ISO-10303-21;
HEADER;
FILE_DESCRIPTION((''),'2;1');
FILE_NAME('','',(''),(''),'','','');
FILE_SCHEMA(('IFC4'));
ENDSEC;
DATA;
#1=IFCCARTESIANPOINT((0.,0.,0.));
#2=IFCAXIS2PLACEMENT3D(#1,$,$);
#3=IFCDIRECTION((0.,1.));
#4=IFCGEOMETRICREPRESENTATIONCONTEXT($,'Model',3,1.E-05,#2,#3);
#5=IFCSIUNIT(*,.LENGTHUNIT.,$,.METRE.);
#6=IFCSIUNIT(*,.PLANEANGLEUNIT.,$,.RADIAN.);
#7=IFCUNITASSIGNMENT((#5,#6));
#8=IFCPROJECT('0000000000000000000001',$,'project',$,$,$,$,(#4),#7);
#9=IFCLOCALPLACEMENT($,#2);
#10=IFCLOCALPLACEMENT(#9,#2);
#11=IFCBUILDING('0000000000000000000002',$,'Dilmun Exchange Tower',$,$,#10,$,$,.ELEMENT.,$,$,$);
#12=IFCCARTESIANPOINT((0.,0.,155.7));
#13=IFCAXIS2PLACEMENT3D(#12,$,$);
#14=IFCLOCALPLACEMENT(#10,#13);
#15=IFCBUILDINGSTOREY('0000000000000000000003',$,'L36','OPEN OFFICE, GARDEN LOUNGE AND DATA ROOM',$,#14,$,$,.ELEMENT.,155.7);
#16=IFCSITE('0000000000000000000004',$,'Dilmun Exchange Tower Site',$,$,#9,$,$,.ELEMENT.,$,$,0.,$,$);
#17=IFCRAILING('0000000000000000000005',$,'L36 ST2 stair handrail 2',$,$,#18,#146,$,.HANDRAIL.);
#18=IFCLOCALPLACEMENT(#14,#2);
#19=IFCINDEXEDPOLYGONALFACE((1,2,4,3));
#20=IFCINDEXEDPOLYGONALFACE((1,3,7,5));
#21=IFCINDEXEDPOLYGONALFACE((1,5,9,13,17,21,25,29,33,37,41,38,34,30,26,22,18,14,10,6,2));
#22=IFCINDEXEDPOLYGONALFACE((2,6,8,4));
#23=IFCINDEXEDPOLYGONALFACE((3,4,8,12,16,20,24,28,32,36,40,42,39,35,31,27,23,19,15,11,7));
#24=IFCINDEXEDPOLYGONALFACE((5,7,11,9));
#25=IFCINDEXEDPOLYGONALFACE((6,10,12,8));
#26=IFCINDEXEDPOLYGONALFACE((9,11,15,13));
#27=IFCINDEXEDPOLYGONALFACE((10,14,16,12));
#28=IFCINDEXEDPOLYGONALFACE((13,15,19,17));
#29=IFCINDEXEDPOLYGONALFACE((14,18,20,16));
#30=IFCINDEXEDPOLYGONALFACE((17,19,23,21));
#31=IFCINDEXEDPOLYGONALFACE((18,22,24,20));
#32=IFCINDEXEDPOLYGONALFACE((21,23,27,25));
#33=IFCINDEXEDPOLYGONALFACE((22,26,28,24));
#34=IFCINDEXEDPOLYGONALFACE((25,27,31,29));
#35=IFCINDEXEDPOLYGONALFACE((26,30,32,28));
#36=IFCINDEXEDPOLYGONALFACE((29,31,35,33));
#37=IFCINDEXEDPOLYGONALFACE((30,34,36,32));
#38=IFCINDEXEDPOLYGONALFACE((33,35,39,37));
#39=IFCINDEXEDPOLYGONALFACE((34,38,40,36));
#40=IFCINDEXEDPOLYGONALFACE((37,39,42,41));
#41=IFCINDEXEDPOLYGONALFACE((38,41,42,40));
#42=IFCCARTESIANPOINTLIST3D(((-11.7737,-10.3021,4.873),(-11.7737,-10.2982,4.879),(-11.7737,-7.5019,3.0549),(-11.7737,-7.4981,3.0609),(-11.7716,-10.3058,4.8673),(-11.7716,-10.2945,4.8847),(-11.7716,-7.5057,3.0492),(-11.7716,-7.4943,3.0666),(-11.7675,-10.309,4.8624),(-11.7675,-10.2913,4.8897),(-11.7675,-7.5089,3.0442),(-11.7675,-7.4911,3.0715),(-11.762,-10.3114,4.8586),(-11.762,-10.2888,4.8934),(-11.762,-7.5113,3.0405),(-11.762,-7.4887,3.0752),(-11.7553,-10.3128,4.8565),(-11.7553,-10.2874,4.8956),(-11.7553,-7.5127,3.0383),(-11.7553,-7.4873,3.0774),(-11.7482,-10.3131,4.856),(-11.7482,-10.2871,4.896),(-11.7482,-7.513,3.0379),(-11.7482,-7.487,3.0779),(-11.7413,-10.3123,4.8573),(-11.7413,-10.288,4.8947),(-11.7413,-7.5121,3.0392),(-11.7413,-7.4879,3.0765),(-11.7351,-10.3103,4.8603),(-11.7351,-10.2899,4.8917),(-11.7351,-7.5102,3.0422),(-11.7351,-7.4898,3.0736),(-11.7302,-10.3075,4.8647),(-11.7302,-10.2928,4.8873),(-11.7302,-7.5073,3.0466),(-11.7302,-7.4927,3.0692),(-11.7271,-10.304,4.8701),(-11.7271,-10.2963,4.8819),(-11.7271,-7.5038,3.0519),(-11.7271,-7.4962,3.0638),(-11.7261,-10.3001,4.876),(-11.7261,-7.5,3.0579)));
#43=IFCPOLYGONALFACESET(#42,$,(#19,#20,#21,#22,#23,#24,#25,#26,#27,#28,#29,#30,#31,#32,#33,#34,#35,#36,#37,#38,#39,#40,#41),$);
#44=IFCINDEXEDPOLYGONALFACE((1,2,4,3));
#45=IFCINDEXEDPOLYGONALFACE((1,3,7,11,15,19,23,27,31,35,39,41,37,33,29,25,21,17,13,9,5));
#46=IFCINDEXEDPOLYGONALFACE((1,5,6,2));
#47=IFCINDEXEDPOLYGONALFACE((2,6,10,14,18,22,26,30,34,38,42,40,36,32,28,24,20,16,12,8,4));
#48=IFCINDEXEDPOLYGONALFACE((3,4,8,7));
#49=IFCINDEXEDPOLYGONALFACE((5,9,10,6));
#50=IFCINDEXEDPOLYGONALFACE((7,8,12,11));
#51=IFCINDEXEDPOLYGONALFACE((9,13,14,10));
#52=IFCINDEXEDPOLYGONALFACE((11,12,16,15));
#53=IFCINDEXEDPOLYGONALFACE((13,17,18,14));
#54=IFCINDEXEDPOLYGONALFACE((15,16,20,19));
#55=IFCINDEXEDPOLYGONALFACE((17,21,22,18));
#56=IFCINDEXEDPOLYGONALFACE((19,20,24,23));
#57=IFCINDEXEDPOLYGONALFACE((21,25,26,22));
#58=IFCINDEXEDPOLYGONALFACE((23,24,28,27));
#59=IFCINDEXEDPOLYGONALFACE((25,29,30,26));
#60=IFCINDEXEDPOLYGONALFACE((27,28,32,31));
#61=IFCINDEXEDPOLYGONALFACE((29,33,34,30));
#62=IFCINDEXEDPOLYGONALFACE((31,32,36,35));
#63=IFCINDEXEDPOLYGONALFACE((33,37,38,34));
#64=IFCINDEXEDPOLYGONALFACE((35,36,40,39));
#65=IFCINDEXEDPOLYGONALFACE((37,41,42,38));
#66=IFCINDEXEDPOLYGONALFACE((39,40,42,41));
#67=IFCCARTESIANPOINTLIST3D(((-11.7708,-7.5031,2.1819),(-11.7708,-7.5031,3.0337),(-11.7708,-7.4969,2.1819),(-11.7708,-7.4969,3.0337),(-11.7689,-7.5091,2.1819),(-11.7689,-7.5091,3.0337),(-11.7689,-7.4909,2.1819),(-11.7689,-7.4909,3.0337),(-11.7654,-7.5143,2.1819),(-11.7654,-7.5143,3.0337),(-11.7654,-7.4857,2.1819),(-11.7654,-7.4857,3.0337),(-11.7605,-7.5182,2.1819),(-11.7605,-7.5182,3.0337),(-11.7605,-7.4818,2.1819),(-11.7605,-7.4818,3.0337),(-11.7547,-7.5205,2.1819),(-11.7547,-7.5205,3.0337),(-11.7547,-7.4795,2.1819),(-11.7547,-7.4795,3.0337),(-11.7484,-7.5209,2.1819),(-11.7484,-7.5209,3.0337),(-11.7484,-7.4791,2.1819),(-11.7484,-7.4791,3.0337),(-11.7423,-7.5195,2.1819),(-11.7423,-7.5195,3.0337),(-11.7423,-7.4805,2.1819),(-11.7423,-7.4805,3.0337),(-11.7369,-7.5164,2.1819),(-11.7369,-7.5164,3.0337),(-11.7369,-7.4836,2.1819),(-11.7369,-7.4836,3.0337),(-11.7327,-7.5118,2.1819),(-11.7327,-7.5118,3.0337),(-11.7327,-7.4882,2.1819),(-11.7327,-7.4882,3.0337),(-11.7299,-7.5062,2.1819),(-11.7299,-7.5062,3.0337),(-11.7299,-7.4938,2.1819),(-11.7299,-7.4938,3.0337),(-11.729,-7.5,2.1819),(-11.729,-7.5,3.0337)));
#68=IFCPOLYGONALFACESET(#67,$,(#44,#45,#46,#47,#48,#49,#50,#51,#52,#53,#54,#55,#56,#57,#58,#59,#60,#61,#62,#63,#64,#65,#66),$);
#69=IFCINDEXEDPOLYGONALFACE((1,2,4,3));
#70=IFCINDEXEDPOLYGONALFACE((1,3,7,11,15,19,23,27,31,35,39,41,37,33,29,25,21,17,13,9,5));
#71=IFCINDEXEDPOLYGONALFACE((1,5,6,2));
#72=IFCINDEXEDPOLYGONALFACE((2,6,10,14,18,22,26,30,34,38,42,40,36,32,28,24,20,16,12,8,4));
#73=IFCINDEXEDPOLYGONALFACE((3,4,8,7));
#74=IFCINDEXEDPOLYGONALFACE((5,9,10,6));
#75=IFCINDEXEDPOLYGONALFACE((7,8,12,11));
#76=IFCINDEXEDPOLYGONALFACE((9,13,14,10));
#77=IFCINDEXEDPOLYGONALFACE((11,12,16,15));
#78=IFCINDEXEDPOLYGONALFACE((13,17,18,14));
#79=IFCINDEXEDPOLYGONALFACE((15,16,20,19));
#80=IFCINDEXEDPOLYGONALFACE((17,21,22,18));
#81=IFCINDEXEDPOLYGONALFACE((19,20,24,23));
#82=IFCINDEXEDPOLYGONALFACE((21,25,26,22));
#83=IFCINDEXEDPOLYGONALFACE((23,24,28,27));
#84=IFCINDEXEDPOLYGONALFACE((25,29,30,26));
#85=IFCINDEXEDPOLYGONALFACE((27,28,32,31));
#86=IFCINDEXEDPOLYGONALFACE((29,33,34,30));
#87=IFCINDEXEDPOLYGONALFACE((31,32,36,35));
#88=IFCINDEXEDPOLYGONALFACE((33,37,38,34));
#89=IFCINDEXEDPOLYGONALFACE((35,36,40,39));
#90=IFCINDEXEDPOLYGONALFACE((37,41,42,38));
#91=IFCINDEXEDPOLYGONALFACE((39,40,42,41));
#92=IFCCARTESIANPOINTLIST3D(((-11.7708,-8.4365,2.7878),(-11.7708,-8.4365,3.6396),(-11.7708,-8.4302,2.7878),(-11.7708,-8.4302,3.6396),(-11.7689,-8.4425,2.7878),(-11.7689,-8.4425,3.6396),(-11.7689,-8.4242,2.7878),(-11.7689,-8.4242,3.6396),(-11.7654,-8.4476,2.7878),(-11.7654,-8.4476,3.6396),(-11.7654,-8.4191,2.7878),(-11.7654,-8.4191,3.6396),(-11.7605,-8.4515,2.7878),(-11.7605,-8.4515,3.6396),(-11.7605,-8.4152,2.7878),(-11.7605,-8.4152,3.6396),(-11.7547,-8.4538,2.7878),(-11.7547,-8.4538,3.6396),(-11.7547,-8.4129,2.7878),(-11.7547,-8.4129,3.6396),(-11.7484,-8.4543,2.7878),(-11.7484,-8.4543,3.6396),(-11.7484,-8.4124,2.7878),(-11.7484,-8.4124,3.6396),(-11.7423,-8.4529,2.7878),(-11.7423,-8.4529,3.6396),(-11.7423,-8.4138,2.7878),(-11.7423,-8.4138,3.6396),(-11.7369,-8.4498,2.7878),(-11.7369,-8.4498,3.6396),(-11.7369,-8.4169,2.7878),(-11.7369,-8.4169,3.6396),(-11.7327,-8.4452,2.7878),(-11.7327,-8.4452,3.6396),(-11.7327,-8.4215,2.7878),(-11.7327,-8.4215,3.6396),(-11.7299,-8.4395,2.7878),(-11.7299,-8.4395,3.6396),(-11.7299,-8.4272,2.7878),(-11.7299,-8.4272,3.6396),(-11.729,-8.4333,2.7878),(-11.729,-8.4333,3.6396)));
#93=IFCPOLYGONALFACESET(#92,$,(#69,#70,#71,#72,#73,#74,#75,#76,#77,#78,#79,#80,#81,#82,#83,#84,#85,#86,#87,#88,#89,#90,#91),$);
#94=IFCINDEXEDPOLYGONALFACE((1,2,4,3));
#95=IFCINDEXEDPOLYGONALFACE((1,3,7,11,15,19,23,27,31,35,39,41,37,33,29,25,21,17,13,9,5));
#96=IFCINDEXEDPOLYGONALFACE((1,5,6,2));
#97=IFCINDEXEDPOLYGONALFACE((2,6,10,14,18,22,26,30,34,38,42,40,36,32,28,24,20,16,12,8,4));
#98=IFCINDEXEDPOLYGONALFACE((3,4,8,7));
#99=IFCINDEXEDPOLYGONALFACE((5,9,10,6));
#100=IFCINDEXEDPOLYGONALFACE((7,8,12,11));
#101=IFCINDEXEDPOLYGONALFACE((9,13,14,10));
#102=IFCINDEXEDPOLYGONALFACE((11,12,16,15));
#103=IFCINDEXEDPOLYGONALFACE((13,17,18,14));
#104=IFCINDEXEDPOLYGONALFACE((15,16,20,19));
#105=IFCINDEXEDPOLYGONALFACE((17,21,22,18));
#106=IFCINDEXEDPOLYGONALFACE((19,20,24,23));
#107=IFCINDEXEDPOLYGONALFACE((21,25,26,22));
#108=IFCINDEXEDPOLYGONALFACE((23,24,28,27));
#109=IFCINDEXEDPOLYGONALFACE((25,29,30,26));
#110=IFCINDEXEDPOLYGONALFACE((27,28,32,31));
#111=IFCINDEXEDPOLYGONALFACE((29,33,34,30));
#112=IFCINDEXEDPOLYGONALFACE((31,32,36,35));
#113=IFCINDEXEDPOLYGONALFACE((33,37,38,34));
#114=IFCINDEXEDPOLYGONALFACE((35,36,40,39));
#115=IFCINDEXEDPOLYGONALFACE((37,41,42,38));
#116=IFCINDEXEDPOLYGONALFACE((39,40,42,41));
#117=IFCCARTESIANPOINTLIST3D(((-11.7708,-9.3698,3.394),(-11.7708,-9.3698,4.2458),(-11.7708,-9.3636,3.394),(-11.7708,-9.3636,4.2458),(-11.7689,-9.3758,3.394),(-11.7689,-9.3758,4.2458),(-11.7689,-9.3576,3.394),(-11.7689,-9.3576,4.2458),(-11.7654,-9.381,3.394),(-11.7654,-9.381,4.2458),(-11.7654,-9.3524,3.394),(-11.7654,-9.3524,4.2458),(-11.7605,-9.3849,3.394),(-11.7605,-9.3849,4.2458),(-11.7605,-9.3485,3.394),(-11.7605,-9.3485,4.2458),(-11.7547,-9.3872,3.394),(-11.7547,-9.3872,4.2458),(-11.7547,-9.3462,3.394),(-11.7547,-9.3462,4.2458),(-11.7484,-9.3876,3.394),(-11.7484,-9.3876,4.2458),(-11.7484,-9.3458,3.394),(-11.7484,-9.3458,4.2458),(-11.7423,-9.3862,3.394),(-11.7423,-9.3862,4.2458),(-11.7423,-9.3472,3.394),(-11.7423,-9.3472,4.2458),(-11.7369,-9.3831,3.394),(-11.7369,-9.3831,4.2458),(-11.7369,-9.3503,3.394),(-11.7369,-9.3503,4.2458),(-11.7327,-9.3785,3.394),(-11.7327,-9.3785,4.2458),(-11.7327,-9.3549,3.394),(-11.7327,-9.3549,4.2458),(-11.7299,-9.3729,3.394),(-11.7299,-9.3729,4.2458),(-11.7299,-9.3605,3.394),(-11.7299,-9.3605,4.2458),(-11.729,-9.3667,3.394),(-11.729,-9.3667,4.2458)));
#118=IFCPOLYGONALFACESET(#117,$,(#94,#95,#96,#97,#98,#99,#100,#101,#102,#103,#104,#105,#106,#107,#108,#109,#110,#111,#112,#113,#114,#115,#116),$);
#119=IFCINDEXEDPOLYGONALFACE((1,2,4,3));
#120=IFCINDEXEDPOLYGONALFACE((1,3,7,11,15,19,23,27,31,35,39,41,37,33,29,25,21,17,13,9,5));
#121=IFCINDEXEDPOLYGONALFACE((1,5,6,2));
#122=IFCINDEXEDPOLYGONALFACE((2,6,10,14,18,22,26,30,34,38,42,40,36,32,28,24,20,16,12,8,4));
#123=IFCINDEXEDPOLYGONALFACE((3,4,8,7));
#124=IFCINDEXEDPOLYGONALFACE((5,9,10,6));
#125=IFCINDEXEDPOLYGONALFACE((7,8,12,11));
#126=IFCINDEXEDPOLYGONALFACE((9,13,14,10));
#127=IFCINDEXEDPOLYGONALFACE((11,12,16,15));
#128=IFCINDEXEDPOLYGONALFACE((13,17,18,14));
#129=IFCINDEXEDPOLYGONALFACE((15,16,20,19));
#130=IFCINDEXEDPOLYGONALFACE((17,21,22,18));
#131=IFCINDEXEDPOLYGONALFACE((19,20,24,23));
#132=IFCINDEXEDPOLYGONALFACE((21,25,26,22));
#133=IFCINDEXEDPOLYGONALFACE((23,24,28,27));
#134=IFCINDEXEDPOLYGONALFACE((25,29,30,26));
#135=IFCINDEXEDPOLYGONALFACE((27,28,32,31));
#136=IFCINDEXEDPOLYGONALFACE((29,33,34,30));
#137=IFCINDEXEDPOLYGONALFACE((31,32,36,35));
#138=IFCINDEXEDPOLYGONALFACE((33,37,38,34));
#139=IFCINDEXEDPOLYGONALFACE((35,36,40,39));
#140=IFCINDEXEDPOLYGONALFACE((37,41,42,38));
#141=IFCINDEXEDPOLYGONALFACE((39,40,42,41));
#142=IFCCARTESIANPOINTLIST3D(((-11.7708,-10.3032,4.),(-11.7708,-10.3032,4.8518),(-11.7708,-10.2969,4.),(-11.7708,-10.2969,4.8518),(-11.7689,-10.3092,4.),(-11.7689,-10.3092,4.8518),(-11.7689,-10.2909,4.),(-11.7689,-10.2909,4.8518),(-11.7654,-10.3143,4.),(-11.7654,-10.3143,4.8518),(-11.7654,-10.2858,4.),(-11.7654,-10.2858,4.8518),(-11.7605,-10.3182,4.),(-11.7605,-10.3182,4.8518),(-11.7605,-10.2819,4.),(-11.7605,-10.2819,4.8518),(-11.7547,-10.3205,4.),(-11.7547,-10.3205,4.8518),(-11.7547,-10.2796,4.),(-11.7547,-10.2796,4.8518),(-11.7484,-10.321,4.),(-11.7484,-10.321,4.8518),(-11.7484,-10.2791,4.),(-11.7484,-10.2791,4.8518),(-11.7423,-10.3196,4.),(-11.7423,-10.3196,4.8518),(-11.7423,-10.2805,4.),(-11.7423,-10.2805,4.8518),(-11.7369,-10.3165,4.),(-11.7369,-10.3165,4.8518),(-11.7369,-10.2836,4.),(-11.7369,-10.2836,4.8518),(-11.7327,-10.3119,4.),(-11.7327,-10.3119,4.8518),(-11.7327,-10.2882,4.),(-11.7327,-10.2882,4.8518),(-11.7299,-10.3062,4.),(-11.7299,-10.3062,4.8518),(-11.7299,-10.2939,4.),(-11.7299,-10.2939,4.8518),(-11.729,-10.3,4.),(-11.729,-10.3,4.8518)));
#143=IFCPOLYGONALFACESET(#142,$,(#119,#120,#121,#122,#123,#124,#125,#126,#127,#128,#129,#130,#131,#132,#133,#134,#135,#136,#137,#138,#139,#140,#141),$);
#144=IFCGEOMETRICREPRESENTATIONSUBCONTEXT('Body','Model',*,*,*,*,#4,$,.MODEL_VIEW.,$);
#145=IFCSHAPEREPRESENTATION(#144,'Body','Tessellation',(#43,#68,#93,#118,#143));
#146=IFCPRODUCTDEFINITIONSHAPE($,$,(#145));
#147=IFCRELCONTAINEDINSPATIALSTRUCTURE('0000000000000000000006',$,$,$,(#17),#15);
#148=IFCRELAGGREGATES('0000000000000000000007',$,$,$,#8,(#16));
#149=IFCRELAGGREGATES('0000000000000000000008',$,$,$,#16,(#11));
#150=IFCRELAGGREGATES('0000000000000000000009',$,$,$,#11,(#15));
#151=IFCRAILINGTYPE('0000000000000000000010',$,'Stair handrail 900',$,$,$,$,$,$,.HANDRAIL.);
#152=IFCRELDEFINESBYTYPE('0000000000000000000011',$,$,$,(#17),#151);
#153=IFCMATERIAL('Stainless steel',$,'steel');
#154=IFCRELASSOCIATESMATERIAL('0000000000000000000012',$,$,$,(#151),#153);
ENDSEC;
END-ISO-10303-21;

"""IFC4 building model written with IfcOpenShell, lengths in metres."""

from ifc_helpers import new_model, si_unit, direction, frame, origin, origin_2d, place, context, subcontext, project, spatial, circle, extrude, material, type_object, element, save


model = new_model("IFC4")

# Units and contexts
model_context = context("Model", 3, precision=1e-05, world=origin(), true_north=direction((0.0, 1.0)))
body_context = subcontext(model_context, "Body", "Model", "MODEL_VIEW")
ifc_project = project(units=[si_unit("LENGTHUNIT", "METRE"), si_unit("PLANEANGLEUNIT", "RADIAN")], contexts=[model_context])

# Site, building, storey
site_placement = place(None, origin())
site = spatial("IfcSite", under=ifc_project, at=site_placement, Name="Dilmun Exchange Tower Site", CompositionType="ELEMENT", RefElevation=0.0)
building_placement = place(site_placement, origin())
building = spatial("IfcBuilding", under=site, at=building_placement, Name="Dilmun Exchange Tower", CompositionType="ELEMENT")
storey_placement = place(building_placement, frame((0.0, 0.0, 155.7)))
storey = spatial("IfcBuildingStorey", under=building, at=storey_placement, Name="L36", Description="OPEN OFFICE, GARDEN LOUNGE AND DATA ROOM", CompositionType="ELEMENT", Elevation=155.7)

# Railing
ifc_material_1 = material(Name="Stainless steel", Category="steel")
railing_type = type_object("IfcRailingType", Name="Stair handrail 900", PredefinedType="HANDRAIL", material=ifc_material_1)
railing_1_placement = place(storey_placement, frame((-11.75, -7.5, 2.1819)))
element("IfcRailing", 1, at=railing_1_placement, inside=storey, type_object=railing_type, Name="L36 ST2 stair handrail 2", PredefinedType="HANDRAIL", context=body_context, shape_type="SweptSolid", body=[
    extrude(circle(Radius=0.0239, at=origin_2d()), frame((0.0, 0.0, 0.876), z_axis=(0.0, -0.838706, 0.544585), x_axis=(1.0, 0.0, 0.0)), (0.0, 0.0, 1.0), 3.3386),
    extrude(circle(Radius=0.021, at=origin_2d()), origin(), (0.0, 0.0, 1.0), 0.8518),
    extrude(circle(Radius=0.021, at=origin_2d()), frame((0.0, -0.9333, 0.606)), (0.0, 0.0, 1.0), 0.8518),
    extrude(circle(Radius=0.021, at=origin_2d()), frame((0.0, -1.8667, 1.2122)), (0.0, 0.0, 1.0), 0.8518),
    extrude(circle(Radius=0.021, at=origin_2d()), frame((0.0, -2.8, 1.8181)), (0.0, 0.0, 1.0), 0.8518),
])

save(model, "model.ifc")
